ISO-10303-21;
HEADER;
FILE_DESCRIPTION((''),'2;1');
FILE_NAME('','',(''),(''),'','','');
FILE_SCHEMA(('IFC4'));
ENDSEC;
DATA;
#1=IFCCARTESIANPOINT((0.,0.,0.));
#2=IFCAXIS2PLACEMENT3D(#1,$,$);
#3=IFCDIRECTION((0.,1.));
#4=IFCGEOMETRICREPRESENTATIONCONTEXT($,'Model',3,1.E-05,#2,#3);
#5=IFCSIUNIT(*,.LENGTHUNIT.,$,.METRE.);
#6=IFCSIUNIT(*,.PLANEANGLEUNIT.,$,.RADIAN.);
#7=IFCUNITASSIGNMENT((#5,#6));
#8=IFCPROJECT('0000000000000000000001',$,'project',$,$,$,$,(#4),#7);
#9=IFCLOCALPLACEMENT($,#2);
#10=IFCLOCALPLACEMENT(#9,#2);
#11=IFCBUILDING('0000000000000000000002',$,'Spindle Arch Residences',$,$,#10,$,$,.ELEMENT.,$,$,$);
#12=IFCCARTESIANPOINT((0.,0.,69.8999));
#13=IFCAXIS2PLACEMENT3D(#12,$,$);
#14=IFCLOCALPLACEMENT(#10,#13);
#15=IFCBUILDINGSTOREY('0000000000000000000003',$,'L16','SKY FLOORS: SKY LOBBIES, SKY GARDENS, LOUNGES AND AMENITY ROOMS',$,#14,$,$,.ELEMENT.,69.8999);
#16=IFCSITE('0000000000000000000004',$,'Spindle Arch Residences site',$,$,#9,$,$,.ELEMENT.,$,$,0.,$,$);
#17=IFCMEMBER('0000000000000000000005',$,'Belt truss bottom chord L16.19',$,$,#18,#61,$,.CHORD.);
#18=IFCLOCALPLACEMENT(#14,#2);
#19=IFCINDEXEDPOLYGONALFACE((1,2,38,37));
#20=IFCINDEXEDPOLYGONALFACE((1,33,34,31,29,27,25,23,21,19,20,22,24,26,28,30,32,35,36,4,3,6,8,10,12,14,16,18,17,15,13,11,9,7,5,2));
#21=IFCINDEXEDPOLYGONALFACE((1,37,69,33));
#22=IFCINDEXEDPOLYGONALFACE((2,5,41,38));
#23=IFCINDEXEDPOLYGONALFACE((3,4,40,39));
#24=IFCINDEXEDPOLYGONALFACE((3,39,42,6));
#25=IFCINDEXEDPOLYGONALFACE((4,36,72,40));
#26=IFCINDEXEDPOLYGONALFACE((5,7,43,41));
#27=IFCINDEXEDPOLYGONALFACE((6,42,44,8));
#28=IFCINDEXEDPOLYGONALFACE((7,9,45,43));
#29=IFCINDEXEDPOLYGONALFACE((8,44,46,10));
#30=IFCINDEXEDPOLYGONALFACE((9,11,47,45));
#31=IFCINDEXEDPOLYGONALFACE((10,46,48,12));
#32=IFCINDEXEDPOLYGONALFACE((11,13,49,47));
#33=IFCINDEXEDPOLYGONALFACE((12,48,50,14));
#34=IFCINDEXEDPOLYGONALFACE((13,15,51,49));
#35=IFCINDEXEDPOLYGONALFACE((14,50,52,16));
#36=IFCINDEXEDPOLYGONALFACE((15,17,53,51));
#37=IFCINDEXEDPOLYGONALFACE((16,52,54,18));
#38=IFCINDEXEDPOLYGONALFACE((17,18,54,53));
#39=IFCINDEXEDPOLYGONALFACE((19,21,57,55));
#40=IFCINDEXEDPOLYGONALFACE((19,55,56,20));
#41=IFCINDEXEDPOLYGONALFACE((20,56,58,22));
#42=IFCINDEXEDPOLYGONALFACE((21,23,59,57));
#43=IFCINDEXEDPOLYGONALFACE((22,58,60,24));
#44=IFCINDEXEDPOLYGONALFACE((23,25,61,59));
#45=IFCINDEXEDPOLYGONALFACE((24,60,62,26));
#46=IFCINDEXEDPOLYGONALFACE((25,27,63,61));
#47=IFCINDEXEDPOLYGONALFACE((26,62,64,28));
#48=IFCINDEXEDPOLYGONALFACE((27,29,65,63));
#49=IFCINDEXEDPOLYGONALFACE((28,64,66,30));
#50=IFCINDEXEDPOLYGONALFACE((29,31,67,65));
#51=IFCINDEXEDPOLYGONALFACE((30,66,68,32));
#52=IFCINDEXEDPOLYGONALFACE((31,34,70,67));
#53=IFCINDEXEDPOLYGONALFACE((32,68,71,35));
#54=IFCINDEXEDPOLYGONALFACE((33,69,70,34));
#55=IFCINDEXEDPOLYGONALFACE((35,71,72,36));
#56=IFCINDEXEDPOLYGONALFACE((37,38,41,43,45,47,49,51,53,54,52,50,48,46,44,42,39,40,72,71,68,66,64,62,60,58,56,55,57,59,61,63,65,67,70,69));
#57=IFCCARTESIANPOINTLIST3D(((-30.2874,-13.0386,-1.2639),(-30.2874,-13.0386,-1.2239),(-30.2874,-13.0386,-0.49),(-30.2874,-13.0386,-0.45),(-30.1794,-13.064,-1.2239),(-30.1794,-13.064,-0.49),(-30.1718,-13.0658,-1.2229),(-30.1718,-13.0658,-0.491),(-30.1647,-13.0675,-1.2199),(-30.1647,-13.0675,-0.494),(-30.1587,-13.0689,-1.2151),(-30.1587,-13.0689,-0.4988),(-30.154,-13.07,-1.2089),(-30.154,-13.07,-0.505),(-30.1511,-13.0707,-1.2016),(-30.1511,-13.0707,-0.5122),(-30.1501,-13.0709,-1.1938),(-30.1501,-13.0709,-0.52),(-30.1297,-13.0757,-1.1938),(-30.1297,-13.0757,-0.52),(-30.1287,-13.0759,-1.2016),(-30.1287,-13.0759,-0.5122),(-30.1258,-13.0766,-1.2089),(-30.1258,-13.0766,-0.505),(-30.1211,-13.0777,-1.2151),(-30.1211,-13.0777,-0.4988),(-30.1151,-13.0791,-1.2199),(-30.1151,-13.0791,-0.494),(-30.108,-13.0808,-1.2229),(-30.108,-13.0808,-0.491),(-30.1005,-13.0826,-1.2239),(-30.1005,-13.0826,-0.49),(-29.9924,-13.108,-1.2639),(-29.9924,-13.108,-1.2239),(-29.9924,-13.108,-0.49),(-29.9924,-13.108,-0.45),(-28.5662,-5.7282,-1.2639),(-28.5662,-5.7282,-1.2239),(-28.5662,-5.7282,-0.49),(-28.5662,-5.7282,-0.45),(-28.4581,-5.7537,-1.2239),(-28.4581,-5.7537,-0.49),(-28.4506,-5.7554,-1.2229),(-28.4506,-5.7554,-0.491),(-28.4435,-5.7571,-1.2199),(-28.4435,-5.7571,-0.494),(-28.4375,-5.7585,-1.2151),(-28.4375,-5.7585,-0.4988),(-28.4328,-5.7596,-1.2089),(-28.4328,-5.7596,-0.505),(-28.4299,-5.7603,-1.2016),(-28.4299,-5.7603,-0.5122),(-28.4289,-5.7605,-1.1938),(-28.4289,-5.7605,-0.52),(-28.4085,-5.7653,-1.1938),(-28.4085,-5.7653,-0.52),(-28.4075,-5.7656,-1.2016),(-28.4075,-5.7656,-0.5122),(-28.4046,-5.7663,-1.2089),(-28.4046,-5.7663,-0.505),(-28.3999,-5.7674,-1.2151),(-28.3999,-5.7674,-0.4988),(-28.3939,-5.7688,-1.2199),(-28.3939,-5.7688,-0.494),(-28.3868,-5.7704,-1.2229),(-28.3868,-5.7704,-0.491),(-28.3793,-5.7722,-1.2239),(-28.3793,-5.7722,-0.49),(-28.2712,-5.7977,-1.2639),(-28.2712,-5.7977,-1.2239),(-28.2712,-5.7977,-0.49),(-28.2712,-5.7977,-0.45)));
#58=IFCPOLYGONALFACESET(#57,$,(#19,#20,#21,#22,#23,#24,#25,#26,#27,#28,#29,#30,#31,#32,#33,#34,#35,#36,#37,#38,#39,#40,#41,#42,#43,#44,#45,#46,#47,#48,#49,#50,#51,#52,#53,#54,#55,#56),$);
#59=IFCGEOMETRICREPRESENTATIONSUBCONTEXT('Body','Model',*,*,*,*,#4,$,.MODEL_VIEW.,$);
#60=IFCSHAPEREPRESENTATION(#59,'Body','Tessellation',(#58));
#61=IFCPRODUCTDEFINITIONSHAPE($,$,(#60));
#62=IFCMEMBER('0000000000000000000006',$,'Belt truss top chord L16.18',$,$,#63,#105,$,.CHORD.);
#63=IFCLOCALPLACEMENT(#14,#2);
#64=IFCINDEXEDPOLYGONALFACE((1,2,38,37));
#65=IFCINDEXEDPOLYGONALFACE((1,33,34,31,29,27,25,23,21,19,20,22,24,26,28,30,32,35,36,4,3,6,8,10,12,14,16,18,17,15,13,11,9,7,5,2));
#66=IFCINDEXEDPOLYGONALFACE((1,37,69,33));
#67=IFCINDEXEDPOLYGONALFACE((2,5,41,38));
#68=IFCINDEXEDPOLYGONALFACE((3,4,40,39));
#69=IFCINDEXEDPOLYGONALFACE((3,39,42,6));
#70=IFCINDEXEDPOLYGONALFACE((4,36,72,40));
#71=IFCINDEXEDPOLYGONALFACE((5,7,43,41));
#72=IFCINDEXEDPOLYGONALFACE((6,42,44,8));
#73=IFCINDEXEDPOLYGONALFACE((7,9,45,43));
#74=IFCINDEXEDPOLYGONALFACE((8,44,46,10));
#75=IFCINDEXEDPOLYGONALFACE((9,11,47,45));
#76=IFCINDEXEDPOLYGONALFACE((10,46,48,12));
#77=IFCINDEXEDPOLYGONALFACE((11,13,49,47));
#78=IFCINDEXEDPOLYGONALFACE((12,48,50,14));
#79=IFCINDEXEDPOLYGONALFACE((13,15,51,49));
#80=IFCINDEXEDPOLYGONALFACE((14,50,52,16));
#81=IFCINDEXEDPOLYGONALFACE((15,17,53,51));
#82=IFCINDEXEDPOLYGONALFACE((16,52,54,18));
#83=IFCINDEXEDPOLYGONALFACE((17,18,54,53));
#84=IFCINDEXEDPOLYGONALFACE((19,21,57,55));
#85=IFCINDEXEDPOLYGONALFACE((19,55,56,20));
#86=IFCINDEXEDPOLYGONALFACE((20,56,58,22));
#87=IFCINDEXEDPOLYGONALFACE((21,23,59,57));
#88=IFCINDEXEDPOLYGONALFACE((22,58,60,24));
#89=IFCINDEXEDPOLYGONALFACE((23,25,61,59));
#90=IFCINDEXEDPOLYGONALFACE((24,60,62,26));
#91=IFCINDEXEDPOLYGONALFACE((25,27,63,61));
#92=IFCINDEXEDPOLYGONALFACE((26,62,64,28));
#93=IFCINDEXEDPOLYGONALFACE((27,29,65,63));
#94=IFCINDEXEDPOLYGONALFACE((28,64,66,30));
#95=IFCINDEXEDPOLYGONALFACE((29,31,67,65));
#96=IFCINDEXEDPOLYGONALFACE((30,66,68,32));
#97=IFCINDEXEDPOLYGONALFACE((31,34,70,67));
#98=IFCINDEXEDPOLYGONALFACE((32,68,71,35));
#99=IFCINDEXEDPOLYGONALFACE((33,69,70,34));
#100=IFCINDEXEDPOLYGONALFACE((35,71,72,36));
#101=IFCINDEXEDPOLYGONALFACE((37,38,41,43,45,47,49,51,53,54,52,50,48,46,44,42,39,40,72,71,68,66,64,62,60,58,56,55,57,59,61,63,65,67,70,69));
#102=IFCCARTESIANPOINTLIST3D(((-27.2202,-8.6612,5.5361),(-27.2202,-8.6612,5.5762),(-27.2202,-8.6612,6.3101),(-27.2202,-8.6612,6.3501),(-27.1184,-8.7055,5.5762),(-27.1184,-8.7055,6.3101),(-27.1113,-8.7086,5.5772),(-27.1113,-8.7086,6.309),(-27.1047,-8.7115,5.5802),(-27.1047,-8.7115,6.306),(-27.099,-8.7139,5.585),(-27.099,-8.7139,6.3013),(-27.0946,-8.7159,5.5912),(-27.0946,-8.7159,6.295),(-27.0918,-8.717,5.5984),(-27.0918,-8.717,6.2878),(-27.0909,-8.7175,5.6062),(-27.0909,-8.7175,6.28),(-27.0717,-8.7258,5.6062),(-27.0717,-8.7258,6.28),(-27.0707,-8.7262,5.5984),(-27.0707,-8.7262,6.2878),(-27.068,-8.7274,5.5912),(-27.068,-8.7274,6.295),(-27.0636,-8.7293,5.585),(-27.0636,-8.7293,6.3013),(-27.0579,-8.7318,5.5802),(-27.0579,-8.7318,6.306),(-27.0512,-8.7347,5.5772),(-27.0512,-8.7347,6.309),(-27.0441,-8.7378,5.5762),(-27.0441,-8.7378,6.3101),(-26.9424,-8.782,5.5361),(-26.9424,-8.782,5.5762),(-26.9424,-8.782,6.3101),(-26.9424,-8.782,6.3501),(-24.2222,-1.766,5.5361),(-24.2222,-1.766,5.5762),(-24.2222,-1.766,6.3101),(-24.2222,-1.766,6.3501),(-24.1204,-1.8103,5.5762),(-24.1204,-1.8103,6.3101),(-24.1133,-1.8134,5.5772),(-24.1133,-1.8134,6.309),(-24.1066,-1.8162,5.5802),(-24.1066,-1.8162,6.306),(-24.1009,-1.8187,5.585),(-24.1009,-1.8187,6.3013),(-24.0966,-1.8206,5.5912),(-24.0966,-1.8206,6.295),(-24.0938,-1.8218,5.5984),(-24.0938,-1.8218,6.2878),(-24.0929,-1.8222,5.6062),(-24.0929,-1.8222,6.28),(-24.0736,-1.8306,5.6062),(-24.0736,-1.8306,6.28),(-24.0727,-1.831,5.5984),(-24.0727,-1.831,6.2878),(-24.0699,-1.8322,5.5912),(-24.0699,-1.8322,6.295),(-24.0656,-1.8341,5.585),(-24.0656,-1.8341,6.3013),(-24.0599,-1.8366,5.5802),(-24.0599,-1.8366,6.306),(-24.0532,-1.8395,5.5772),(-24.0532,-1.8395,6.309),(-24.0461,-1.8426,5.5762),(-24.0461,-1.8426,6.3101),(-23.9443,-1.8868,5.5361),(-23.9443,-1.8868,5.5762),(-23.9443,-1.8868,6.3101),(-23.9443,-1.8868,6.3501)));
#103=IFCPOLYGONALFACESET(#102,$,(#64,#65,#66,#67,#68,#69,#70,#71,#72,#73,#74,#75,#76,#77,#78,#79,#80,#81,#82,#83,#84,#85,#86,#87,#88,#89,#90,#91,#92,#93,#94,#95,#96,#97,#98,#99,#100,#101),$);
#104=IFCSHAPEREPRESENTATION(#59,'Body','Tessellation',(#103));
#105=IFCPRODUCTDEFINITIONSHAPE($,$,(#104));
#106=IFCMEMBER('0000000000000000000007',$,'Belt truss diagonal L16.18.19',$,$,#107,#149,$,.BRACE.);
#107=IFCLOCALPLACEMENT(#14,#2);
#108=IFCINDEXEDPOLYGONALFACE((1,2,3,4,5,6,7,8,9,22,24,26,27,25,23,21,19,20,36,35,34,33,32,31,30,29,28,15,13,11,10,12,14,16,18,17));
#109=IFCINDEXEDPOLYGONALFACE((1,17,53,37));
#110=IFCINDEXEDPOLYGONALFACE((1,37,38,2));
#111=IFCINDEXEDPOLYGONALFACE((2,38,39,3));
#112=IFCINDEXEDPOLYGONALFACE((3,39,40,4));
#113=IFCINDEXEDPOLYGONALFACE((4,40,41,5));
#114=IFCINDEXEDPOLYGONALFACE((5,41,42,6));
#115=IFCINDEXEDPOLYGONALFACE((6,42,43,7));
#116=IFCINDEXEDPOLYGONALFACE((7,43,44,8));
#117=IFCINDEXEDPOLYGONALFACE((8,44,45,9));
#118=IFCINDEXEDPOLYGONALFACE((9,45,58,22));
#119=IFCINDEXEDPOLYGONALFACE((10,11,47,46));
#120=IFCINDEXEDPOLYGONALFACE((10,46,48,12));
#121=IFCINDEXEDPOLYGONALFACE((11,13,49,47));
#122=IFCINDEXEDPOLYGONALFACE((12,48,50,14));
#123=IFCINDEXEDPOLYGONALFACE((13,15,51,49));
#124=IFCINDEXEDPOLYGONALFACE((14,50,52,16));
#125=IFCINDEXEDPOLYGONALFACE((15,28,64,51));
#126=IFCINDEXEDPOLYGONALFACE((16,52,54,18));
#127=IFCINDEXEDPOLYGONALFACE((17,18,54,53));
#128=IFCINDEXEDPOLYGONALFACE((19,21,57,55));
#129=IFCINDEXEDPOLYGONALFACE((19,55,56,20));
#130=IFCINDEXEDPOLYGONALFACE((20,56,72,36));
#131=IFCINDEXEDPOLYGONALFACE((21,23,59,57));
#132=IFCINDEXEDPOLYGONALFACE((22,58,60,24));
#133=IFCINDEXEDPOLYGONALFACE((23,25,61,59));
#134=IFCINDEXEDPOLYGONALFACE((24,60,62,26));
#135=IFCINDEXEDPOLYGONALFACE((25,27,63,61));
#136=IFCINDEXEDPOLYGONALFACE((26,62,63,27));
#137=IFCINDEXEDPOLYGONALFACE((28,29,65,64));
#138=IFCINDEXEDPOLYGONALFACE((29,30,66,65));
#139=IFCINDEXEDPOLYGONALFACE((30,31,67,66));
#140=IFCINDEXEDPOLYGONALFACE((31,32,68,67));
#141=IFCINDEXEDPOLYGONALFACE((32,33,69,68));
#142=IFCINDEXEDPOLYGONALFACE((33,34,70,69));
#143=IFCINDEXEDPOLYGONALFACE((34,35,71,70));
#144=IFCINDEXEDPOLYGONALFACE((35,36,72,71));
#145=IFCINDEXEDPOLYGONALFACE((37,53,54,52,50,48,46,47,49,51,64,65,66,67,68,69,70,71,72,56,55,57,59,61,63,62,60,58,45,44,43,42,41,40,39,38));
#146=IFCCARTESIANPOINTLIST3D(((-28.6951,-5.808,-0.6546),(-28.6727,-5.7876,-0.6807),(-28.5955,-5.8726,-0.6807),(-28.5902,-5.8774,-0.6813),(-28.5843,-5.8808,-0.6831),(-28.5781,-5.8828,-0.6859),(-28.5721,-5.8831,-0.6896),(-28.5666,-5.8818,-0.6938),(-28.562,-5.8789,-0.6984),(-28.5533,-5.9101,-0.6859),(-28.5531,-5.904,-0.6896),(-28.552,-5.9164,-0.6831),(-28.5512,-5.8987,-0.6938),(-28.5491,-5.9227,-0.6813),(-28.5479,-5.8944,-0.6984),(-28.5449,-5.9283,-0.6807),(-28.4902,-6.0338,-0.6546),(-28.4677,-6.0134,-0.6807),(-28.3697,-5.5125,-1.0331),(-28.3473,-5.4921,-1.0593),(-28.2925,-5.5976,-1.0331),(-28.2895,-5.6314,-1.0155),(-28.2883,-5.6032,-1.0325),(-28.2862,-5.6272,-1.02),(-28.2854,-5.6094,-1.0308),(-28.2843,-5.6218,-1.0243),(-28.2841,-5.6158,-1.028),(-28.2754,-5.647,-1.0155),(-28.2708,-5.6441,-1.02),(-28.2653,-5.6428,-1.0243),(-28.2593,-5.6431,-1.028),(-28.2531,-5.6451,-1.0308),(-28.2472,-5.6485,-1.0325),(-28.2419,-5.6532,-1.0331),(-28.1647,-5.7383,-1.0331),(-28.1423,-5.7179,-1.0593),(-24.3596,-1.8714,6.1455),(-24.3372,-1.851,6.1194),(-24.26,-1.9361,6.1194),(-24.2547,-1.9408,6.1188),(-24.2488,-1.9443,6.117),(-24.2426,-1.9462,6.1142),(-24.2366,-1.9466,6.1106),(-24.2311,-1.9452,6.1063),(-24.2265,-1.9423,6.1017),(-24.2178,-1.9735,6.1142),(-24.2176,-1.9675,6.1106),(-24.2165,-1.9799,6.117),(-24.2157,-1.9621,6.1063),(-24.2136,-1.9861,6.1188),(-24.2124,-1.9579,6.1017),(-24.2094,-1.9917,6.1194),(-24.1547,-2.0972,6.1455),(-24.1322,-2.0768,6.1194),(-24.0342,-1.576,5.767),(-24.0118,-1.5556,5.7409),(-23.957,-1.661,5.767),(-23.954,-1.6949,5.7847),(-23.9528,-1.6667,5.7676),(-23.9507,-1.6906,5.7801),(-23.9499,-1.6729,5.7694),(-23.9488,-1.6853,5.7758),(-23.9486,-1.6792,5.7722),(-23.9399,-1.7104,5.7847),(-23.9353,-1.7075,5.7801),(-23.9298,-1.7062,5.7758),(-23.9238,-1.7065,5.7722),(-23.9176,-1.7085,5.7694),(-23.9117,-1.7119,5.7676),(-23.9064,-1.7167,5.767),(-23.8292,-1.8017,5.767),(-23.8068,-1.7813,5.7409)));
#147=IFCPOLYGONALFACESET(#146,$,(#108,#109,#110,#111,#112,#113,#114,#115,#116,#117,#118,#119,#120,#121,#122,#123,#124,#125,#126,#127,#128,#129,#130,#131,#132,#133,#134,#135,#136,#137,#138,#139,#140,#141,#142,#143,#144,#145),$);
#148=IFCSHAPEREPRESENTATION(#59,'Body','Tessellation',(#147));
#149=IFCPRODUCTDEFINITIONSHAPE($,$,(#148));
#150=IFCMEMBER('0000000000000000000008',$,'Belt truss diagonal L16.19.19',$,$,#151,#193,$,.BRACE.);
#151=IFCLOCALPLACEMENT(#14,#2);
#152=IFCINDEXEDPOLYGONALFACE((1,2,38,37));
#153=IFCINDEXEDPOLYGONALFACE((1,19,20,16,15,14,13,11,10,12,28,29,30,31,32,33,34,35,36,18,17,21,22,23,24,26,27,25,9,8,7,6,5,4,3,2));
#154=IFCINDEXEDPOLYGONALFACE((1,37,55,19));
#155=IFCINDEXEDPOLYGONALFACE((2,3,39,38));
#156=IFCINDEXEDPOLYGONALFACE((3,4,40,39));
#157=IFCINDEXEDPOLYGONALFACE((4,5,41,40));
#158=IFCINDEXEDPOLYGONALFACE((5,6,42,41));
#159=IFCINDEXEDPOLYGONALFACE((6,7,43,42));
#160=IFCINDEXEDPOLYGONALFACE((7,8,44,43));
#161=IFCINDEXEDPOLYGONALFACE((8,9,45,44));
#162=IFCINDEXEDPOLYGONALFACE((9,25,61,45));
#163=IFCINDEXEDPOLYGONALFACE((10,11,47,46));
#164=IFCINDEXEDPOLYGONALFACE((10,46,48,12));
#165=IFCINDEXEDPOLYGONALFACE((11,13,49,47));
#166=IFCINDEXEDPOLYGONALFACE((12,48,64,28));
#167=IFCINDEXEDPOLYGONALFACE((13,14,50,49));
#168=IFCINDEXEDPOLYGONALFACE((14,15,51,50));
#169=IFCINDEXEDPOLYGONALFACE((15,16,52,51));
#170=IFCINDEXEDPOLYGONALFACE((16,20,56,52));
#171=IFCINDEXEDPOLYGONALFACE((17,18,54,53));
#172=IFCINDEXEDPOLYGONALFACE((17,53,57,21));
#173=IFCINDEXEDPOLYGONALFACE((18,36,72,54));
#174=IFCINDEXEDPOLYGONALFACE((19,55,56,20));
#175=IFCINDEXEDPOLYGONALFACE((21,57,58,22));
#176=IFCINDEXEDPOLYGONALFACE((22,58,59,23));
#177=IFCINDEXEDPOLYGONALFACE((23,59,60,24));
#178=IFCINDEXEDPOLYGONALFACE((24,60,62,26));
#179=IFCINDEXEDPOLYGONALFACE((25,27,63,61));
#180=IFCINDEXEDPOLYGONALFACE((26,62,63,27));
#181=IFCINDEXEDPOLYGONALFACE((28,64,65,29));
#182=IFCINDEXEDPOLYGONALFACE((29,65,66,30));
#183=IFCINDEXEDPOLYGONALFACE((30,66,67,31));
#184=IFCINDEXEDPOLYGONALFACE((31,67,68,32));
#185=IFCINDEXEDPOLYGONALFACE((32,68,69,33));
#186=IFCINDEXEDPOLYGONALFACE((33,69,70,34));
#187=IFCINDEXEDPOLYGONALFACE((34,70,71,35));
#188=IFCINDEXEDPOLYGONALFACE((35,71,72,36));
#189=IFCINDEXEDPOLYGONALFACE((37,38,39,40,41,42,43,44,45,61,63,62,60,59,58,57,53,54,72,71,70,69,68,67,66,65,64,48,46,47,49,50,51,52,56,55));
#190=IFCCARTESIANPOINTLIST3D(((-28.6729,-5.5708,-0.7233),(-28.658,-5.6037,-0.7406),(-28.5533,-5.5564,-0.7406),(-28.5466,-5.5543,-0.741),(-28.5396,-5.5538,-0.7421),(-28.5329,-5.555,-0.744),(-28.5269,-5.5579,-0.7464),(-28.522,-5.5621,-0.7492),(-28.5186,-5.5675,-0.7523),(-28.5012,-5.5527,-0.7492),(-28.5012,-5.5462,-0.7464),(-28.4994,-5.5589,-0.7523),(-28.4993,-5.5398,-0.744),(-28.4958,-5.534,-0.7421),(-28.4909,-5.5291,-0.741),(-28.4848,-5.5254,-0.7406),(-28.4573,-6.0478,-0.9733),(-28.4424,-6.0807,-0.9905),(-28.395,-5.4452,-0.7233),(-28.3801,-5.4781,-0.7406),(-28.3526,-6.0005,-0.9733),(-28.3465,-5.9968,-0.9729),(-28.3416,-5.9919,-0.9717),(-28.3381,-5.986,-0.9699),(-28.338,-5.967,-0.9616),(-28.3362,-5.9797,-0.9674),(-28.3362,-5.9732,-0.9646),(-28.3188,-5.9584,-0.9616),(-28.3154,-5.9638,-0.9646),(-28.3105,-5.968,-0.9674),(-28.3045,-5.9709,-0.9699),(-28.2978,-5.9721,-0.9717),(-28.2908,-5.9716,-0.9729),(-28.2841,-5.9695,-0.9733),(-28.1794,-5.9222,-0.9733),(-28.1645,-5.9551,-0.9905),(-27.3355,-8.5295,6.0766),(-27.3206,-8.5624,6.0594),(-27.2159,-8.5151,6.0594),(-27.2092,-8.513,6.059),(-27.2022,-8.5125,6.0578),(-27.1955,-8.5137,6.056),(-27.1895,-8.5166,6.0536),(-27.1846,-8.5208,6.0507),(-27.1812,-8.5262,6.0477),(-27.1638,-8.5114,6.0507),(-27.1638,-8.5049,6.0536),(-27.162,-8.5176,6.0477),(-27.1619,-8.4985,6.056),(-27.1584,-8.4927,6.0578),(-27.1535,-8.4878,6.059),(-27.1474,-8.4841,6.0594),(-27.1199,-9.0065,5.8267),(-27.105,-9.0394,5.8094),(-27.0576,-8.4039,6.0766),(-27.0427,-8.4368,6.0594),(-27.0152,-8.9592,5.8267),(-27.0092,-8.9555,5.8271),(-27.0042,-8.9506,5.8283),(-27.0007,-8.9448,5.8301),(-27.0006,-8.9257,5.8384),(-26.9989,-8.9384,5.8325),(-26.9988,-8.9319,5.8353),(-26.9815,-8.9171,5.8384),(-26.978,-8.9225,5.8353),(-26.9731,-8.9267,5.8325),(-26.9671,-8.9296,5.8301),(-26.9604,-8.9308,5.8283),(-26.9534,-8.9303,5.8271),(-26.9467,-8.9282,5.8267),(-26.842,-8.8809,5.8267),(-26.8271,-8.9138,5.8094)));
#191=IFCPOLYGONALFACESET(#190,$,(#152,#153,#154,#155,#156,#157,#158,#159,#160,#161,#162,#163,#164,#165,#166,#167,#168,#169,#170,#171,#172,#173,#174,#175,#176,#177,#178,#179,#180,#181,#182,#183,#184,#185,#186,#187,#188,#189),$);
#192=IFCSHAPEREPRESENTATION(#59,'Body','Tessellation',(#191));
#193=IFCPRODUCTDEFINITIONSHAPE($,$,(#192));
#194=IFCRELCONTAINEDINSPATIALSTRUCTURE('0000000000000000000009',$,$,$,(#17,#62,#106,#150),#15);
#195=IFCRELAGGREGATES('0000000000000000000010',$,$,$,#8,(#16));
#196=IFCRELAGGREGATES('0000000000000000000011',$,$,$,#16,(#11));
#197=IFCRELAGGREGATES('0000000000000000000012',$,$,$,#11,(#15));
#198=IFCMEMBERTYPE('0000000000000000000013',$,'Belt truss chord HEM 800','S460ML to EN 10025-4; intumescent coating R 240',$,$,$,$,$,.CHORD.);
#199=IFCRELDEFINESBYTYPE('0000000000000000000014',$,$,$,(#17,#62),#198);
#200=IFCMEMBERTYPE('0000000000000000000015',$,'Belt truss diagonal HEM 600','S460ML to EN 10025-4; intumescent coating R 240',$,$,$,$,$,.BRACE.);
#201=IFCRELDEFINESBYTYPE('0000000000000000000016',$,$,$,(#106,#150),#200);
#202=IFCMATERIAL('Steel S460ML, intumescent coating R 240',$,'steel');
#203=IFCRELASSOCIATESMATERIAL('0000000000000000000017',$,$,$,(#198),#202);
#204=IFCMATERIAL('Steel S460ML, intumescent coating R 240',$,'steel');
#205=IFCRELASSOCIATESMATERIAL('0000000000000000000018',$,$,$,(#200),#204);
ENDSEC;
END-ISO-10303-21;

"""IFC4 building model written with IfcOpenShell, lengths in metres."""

from ifc_helpers import new_model, si_unit, direction, frame, origin, origin_2d, place, context, subcontext, project, spatial, i_section, extrude, material, material_profile, profile_set, type_object, element, save


model = new_model("IFC4")

# Units and contexts
model_context = context("Model", 3, precision=1e-05, world=origin(), true_north=direction((0.0, 1.0)))
body_context = subcontext(model_context, "Body", "Model", "MODEL_VIEW")
ifc_project = project(units=[si_unit("LENGTHUNIT", "METRE"), si_unit("PLANEANGLEUNIT", "RADIAN")], contexts=[model_context])

# Site, building, storey
site_placement = place(None, origin())
site = spatial("IfcSite", under=ifc_project, at=site_placement, Name="Spindle Arch Residences site", CompositionType="ELEMENT", RefElevation=0.0)
building_placement = place(site_placement, origin())
building = spatial("IfcBuilding", under=site, at=building_placement, Name="Spindle Arch Residences", CompositionType="ELEMENT")
storey_placement = place(building_placement, frame((0.0, 0.0, 69.8999)))
storey = spatial("IfcBuildingStorey", under=building, at=storey_placement, Name="L16", Description="SKY FLOORS: SKY LOBBIES, SKY GARDENS, LOUNGES AND AMENITY ROOMS", CompositionType="ELEMENT", Elevation=69.8999)

# Members
ifc_material_1 = material(Name="Steel S460ML, intumescent coating R 240", Category="steel")
ifc_material_profile_1 = material_profile(ifc_material_1, i_section(OverallWidth=0.303, OverallDepth=0.814, WebThickness=0.021, FlangeThickness=0.04, FilletRadius=0.03, at=origin_2d()), Name="HEM 800")
ifc_profile_set_1 = profile_set([ifc_material_profile_1], Name="Steel S460ML, intumescent coating R 240")
member_type_1 = type_object("IfcMemberType", Name="Belt truss chord HEM 800", Description="S460ML to EN 10025-4; intumescent coating R 240", PredefinedType="CHORD", material=ifc_profile_set_1)
member_1_placement = place(storey_placement, frame((-28.4187, -5.7629, -0.8569), z_axis=(-0.229181, -0.973384, 0.0), x_axis=(0.973384, -0.229181, 0.0)))
element("IfcMember", 1, at=member_1_placement, inside=storey, type_object=member_type_1, Name="Belt truss bottom chord L16.19", PredefinedType="CHORD", context=body_context, shape_type="SweptSolid", body=[
    extrude(i_section(OverallWidth=0.303, OverallDepth=0.814, WebThickness=0.021, FlangeThickness=0.04, FilletRadius=0.03, at=origin_2d()), origin(), (0.0, 0.0, 1.0), 7.5103),
])
member_2_placement = place(storey_placement, frame((-24.0833, -1.8264, 5.9431), z_axis=(-0.398738, -0.917065, 0.0), x_axis=(0.917065, -0.398738, 0.0)))
element("IfcMember", 2, at=member_2_placement, inside=storey, type_object=member_type_1, Name="Belt truss top chord L16.18", PredefinedType="CHORD", context=body_context, shape_type="SweptSolid", body=[
    extrude(i_section(OverallWidth=0.303, OverallDepth=0.814, WebThickness=0.021, FlangeThickness=0.04, FilletRadius=0.03, at=origin_2d()), origin(), (0.0, 0.0, 1.0), 7.5188),
])
ifc_material_2 = material(Name="Steel S460ML, intumescent coating R 240", Category="steel")
ifc_material_profile_2 = material_profile(ifc_material_2, i_section(OverallWidth=0.3049, OverallDepth=0.6201, WebThickness=0.021, FlangeThickness=0.04, FilletRadius=0.0271, at=origin_2d()), Name="HEM 600")
ifc_profile_set_2 = profile_set([ifc_material_profile_2], Name="Steel S460ML, intumescent coating R 240")
member_type_2 = type_object("IfcMemberType", Name="Belt truss diagonal HEM 600", Description="S460ML to EN 10025-4; intumescent coating R 240", PredefinedType="BRACE", material=ifc_profile_set_2)
member_3_placement = place(storey_placement, frame((-28.4187, -5.7629, -0.8569), z_axis=(0.483111, 0.438658, 0.757749), x_axis=(-0.672224, 0.740347, 0.0)))
element("IfcMember", 3, at=member_3_placement, inside=storey, type_object=member_type_2, Name="Belt truss diagonal L16.18.19", PredefinedType="BRACE", context=body_context, shape_type="SweptSolid", body=[
    extrude(i_section(OverallWidth=0.3049, OverallDepth=0.6201, WebThickness=0.021, FlangeThickness=0.04, FilletRadius=0.0271, at=origin_2d()), origin(), (0.0, 0.0, 1.0), 8.9741),
])
member_4_placement = place(storey_placement, frame((-28.4187, -5.7629, -0.8569), z_axis=(0.177481, -0.392641, 0.902404), x_axis=(0.911232, 0.411893, 0.0)))
element("IfcMember", 4, at=member_4_placement, inside=storey, type_object=member_type_2, Name="Belt truss diagonal L16.19.19", PredefinedType="BRACE", context=body_context, shape_type="SweptSolid", body=[
    extrude(i_section(OverallWidth=0.3049, OverallDepth=0.6201, WebThickness=0.021, FlangeThickness=0.04, FilletRadius=0.0271, at=origin_2d()), origin(), (0.0, 0.0, 1.0), 7.5354),
])

save(model, "model.ifc")
